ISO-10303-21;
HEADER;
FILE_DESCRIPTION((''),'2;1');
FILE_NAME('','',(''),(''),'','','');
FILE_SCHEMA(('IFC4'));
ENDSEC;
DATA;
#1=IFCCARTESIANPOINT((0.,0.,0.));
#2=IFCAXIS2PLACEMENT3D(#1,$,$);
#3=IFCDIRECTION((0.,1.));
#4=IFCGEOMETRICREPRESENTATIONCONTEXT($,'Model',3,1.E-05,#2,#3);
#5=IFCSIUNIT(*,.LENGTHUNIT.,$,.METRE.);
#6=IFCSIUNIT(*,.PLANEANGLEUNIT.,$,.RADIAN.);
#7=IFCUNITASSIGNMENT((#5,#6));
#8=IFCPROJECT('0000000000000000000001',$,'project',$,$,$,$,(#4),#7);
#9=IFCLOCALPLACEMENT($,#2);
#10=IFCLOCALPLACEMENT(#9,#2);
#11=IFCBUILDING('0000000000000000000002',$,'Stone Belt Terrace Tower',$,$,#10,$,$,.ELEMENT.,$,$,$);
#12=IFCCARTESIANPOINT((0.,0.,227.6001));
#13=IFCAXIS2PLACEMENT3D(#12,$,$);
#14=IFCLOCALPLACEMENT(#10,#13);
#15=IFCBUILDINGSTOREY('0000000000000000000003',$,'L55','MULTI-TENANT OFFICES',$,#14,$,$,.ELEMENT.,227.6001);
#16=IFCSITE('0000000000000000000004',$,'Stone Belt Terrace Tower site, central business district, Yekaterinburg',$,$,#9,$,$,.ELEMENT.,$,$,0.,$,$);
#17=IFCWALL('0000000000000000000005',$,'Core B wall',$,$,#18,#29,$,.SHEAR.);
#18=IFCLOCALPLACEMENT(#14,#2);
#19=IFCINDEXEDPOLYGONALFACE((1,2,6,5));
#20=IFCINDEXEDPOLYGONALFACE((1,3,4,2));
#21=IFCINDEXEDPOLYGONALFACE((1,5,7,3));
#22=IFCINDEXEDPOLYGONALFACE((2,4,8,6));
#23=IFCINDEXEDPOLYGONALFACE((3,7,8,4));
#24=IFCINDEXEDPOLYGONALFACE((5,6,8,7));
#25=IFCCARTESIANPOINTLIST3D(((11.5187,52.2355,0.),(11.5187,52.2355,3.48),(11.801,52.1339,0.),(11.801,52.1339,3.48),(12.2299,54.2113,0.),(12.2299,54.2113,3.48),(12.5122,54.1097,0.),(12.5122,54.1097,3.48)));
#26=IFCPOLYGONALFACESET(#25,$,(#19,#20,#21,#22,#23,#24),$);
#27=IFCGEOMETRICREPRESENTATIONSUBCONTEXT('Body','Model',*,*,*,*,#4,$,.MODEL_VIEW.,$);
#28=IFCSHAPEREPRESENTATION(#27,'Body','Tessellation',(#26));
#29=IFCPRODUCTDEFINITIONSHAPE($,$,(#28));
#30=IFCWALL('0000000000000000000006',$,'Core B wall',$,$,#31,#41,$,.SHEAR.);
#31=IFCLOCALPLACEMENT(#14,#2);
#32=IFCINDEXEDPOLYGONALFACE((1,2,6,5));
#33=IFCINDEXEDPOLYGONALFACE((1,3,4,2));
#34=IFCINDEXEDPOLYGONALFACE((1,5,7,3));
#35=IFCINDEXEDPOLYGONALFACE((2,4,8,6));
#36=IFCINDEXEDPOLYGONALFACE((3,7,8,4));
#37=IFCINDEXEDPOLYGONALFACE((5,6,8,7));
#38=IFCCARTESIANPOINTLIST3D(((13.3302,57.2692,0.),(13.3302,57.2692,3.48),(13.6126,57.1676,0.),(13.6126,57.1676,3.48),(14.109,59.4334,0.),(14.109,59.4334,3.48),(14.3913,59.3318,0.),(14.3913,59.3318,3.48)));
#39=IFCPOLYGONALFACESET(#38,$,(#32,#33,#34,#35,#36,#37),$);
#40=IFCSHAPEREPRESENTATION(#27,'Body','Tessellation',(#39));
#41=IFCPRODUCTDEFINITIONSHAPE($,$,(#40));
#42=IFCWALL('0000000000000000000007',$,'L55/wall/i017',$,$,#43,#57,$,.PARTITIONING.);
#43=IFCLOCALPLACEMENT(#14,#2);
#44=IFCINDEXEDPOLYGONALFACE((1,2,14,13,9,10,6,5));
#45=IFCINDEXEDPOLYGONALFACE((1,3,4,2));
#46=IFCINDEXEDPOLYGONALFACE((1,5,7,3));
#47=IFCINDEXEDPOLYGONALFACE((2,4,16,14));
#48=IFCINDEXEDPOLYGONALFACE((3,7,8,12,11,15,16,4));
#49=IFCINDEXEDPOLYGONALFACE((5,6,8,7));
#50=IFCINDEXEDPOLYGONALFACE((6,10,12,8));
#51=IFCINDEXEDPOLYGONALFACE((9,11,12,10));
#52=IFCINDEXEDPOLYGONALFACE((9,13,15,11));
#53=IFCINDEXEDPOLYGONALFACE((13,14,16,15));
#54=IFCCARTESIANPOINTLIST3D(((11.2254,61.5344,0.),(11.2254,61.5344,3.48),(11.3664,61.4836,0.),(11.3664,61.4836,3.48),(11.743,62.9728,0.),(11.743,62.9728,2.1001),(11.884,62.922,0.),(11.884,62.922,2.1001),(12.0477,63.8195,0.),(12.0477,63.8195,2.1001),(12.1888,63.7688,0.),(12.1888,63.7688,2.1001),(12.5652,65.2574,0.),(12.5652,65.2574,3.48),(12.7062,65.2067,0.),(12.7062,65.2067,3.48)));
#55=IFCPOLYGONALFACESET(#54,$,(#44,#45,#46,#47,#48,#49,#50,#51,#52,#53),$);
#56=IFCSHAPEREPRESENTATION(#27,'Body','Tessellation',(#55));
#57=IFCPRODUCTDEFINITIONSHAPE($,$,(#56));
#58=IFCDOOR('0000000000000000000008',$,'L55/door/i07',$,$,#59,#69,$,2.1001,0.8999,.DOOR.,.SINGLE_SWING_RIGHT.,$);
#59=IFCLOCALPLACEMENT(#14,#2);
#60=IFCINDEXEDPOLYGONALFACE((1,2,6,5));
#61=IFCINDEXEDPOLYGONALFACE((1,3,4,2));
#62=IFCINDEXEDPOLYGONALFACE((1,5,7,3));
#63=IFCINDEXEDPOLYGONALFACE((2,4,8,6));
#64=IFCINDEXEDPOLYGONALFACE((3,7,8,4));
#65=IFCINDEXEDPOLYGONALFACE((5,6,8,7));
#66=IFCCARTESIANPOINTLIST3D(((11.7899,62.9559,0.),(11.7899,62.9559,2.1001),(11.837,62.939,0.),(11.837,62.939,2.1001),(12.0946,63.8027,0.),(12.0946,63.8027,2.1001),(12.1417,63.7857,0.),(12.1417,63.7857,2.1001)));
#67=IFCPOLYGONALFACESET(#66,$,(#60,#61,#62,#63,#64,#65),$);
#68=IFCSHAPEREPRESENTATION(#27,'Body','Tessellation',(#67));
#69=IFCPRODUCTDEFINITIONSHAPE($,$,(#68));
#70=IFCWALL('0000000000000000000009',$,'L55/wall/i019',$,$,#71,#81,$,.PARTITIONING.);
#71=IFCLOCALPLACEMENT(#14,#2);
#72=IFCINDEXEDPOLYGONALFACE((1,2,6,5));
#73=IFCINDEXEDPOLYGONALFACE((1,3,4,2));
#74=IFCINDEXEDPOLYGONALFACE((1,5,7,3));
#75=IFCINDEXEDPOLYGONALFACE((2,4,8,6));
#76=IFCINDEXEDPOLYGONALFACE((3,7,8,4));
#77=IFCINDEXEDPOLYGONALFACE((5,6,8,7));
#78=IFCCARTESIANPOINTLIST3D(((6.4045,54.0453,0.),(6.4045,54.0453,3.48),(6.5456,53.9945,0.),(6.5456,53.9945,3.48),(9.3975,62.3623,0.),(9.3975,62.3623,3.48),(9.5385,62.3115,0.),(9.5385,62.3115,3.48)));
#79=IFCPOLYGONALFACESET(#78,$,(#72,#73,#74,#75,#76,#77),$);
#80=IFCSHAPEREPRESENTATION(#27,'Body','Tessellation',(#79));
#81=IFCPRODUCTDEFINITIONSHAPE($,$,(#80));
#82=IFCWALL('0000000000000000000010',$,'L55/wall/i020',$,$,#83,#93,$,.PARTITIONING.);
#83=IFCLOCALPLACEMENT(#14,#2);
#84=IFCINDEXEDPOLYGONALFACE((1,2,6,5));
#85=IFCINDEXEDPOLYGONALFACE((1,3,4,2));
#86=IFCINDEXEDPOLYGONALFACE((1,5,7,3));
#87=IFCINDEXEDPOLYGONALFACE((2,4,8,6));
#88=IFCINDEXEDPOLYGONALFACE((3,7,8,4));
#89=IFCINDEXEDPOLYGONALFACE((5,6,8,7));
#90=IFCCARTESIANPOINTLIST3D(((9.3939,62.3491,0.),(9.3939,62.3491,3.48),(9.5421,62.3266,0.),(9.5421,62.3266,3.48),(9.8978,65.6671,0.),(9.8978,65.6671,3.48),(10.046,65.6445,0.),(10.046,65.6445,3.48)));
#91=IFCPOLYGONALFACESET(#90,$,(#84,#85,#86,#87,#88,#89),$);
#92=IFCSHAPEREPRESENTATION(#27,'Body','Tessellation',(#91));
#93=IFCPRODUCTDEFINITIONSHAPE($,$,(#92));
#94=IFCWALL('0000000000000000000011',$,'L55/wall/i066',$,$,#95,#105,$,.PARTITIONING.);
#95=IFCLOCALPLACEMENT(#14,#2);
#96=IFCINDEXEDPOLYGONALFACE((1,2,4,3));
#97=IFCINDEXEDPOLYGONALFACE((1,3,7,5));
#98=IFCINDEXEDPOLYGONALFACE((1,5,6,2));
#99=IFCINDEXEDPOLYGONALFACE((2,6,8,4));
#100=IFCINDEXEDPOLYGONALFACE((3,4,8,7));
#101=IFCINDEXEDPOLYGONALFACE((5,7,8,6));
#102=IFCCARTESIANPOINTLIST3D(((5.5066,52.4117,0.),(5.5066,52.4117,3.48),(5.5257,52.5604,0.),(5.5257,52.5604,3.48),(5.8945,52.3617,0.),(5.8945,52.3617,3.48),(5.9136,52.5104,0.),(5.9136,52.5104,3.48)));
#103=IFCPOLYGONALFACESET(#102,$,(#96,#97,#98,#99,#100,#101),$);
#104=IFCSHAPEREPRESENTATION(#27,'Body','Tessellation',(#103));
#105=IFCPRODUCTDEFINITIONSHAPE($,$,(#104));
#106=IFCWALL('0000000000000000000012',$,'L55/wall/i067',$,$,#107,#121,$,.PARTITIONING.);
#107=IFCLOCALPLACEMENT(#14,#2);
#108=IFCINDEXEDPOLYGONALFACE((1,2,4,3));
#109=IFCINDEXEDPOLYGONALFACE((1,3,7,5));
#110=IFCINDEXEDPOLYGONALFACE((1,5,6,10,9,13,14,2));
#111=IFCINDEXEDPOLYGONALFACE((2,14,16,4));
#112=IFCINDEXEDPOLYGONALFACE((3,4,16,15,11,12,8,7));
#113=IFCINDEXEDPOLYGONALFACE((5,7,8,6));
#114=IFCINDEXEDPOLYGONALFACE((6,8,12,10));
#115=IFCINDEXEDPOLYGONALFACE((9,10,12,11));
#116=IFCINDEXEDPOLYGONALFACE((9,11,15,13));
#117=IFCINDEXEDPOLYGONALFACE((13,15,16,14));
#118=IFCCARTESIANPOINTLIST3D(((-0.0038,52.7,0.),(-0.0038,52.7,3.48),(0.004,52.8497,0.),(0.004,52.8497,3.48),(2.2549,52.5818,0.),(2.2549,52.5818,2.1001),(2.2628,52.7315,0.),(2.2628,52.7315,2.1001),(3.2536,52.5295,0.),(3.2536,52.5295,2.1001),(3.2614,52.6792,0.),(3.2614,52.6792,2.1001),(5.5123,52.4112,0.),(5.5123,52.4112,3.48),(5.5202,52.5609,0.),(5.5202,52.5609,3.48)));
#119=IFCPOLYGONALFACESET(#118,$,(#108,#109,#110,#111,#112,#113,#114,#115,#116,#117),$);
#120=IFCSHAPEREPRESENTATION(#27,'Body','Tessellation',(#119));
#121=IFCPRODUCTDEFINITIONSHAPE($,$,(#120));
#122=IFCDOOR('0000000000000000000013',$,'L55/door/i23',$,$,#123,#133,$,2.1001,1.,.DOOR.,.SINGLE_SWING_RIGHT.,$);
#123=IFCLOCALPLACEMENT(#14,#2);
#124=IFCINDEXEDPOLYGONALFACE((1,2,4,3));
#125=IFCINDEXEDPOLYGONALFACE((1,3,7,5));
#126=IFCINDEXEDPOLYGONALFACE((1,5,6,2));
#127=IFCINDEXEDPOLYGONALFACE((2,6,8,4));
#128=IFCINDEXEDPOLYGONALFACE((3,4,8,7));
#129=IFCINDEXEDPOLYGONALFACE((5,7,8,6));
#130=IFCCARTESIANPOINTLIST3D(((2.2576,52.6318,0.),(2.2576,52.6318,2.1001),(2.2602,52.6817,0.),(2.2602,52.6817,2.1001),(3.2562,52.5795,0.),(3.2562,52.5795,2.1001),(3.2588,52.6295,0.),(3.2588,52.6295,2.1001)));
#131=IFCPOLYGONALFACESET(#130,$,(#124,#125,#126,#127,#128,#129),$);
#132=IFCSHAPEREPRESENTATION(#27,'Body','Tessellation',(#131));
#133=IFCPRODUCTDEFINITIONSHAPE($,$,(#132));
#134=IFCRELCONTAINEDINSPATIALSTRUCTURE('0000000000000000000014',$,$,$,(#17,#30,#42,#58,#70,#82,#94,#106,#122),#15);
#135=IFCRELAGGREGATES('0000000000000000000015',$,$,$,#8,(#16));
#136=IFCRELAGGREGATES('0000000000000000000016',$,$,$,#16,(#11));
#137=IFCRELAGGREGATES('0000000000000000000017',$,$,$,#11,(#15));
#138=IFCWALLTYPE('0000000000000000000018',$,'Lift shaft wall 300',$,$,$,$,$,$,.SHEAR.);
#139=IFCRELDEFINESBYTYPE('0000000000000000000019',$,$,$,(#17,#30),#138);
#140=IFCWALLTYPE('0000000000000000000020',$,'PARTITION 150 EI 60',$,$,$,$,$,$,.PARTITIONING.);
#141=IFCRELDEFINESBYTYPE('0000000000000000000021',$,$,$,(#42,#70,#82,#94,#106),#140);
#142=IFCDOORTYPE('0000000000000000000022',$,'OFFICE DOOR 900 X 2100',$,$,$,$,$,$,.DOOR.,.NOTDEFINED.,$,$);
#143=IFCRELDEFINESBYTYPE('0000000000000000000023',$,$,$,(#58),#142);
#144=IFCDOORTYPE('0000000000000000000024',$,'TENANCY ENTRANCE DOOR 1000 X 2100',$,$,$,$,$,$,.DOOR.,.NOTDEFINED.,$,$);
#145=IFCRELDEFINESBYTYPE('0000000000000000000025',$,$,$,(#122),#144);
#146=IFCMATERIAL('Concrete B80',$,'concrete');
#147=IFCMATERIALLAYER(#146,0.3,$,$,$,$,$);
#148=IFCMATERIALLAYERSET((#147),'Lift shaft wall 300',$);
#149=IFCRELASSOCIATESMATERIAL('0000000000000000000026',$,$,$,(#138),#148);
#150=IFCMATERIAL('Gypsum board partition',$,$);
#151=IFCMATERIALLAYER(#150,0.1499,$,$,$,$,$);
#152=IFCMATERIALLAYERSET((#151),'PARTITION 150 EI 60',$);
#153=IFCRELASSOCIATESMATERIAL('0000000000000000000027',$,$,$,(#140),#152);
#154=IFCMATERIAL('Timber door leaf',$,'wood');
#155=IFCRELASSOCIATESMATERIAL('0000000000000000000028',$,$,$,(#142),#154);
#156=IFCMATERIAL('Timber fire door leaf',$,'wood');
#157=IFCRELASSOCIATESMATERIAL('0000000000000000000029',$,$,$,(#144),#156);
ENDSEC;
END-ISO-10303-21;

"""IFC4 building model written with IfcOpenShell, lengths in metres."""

from ifc_helpers import new_model, si_unit, direction, frame, frame_2d, origin, place, context, subcontext, project, spatial, rectangle, extrude, material, layer, layer_set, type_object, element, fill, save


model = new_model("IFC4")

# Units and contexts
model_context = context("Model", 3, precision=1e-05, world=origin(), true_north=direction((0.0, 1.0)))
body_context = subcontext(model_context, "Body", "Model", "MODEL_VIEW")
ifc_project = project(units=[si_unit("LENGTHUNIT", "METRE"), si_unit("PLANEANGLEUNIT", "RADIAN")], contexts=[model_context])

# Site, building, storey
site_placement = place(None, origin())
site = spatial("IfcSite", under=ifc_project, at=site_placement, Name="Stone Belt Terrace Tower site, central business district, Yekaterinburg", CompositionType="ELEMENT", RefElevation=0.0)
building_placement = place(site_placement, origin())
building = spatial("IfcBuilding", under=site, at=building_placement, Name="Stone Belt Terrace Tower", CompositionType="ELEMENT")
storey_placement = place(building_placement, frame((0.0, 0.0, 227.6001)))
storey = spatial("IfcBuildingStorey", under=building, at=storey_placement, Name="L55", Description="MULTI-TENANT OFFICES", CompositionType="ELEMENT", Elevation=227.6001)

# Shared definitions
ifc_material_1 = material(Name="Timber door leaf", Category="wood")

# Walls
ifc_material_2 = material(Name="Concrete B80", Category="concrete")
ifc_layer_1 = layer(ifc_material_2, 0.3)
ifc_layer_set_1 = layer_set([ifc_layer_1], Name="Lift shaft wall 300")
wall_type_1 = type_object("IfcWallType", Name="Lift shaft wall 300", PredefinedType="SHEAR", material=ifc_layer_set_1)
wall_1_placement = place(storey_placement, frame((11.6599, 52.1848, 0.0), z_axis=(0.0, 0.0, 1.0), x_axis=(0.33867, 0.940905, 0.0)))
element("IfcWall", 1, at=wall_1_placement, inside=storey, type_object=wall_type_1, Name="Core B wall", PredefinedType="SHEAR", context=body_context, shape_type="SweptSolid", body=[
    extrude(rectangle(XDim=2.0999, YDim=0.3, at=frame_2d((1.0498, 0.0))), origin(), (0.0, 0.0, 1.0), 3.48),
])
wall_2_placement = place(storey_placement, frame((13.4714, 57.2185, 0.0), z_axis=(0.0, 0.0, 1.0), x_axis=(0.338588, 0.940935, 0.0)))
element("IfcWall", 2, at=wall_2_placement, inside=storey, type_object=wall_type_1, Name="Core B wall", PredefinedType="SHEAR", context=body_context, shape_type="SweptSolid", body=[
    extrude(rectangle(XDim=2.3, YDim=0.3, at=frame_2d((1.1499, 0.0))), origin(), (0.0, 0.0, 1.0), 3.48),
])

# Wall, opening, door
ifc_material_3 = material(Name="Gypsum board partition")
ifc_layer_2 = layer(ifc_material_3, 0.1499)
ifc_layer_set_2 = layer_set([ifc_layer_2], Name="PARTITION 150 EI 60")
wall_type_2 = type_object("IfcWallType", Name="PARTITION 150 EI 60", PredefinedType="PARTITIONING", material=ifc_layer_set_2)
wall_3_placement = place(storey_placement, frame((12.6357, 65.2322, 0.0), z_axis=(0.0, 0.0, 1.0), x_axis=(-0.33861, -0.940927, 0.0)))
wall_3 = element("IfcWall", 3, at=wall_3_placement, inside=storey, type_object=wall_type_2, Name="L55/wall/i017", PredefinedType="PARTITIONING", context=body_context, shape_type="SweptSolid", body=[
    extrude(rectangle(XDim=3.9568, YDim=0.1499, at=frame_2d((1.9785, 0.0))), origin(), (0.0, 0.0, 1.0), 3.48),
])
opening_1_placement = place(wall_3_placement, frame((1.5283, 0.0, 0.0)))
opening_1 = element("IfcOpeningElement", 4, at=opening_1_placement, cuts=wall_3, PredefinedType="OPENING", context=body_context, shape_type="SweptSolid", body=[
    extrude(rectangle(XDim=0.8999, YDim=2.1001, at=frame_2d((0.45, 1.05))), frame((0.0, 0.085, 0.0), z_axis=(0.0, -1.0, 0.0), x_axis=(1.0, 0.0, 0.0)), (0.0, 0.0, 1.0), 0.1699),
])
door_type_1 = type_object("IfcDoorType", Name="OFFICE DOOR 900 X 2100", OperationType="NOTDEFINED", PredefinedType="DOOR", material=ifc_material_1)
door_1_placement = place(opening_1_placement, origin())
door_1 = element("IfcDoor", 5, at=door_1_placement, inside=storey, type_object=door_type_1, Name="L55/door/i07", OperationType="SINGLE_SWING_RIGHT", OverallHeight=2.1001, OverallWidth=0.8999, PredefinedType="DOOR", context=body_context, shape_type="SweptSolid", body=[
    extrude(rectangle(XDim=0.8999, YDim=2.1001, at=frame_2d((0.45, 1.05))), frame((0.0, 0.0249, 0.0), z_axis=(0.0, -1.0, 0.0), x_axis=(1.0, 0.0, 0.0)), (0.0, 0.0, 1.0), 0.05),
])
fill(opening_1, door_1)

# Walls
wall_4_placement = place(storey_placement, frame((6.4751, 54.02, 0.0), z_axis=(0.0, 0.0, 1.0), x_axis=(0.338603, 0.940929, 0.0)))
element("IfcWall", 6, at=wall_4_placement, inside=storey, type_object=wall_type_2, Name="L55/wall/i019", PredefinedType="PARTITIONING", context=body_context, shape_type="SweptSolid", body=[
    extrude(rectangle(XDim=8.8391, YDim=0.1499, at=frame_2d((4.4194, 0.0))), origin(), (0.0, 0.0, 1.0), 3.48),
])
wall_5_placement = place(storey_placement, frame((9.468, 62.3379, 0.0), z_axis=(0.0, 0.0, 1.0), x_axis=(0.150154, 0.988663, 0.0)))
element("IfcWall", 7, at=wall_5_placement, inside=storey, type_object=wall_type_2, Name="L55/wall/i020", PredefinedType="PARTITIONING", context=body_context, shape_type="SweptSolid", body=[
    extrude(rectangle(XDim=3.356, YDim=0.1499, at=frame_2d((1.678, 0.0))), origin(), (0.0, 0.0, 1.0), 3.48),
])
wall_6_placement = place(storey_placement, frame((5.9041, 52.436, 0.0), z_axis=(0.0, 0.0, 1.0), x_axis=(-0.99178, 0.127952, 0.0)))
element("IfcWall", 8, at=wall_6_placement, inside=storey, type_object=wall_type_2, Name="L55/wall/i066", PredefinedType="PARTITIONING", context=body_context, shape_type="SweptSolid", body=[
    extrude(rectangle(XDim=0.3911, YDim=0.1499, at=frame_2d((0.1956, 0.0))), origin(), (0.0, 0.0, 1.0), 3.48),
])

# Wall, opening, door
wall_7_placement = place(storey_placement, frame((5.5161, 52.4861, 0.0), z_axis=(0.0, 0.0, 1.0), x_axis=(-0.998632, 0.052287, 0.0)))
wall_7 = element("IfcWall", 9, at=wall_7_placement, inside=storey, type_object=wall_type_2, Name="L55/wall/i067", PredefinedType="PARTITIONING", context=body_context, shape_type="SweptSolid", body=[
    extrude(rectangle(XDim=5.5237, YDim=0.1499, at=frame_2d((2.7617, 0.0))), origin(), (0.0, 0.0, 1.0), 3.48),
])
opening_2_placement = place(wall_7_placement, frame((2.2617, 0.0, 0.0)))
opening_2 = element("IfcOpeningElement", 10, at=opening_2_placement, cuts=wall_7, PredefinedType="OPENING", context=body_context, shape_type="SweptSolid", body=[
    extrude(rectangle(XDim=1.0, YDim=2.1001, at=frame_2d((0.5, 1.05))), frame((0.0, 0.085, 0.0), z_axis=(0.0, -1.0, 0.0), x_axis=(1.0, 0.0, 0.0)), (0.0, 0.0, 1.0), 0.1699),
])
ifc_material_4 = material(Name="Timber fire door leaf", Category="wood")
door_type_2 = type_object("IfcDoorType", Name="TENANCY ENTRANCE DOOR 1000 X 2100", OperationType="NOTDEFINED", PredefinedType="DOOR", material=ifc_material_4)
door_2_placement = place(opening_2_placement, origin())
door_2 = element("IfcDoor", 11, at=door_2_placement, inside=storey, type_object=door_type_2, Name="L55/door/i23", OperationType="SINGLE_SWING_RIGHT", OverallHeight=2.1001, OverallWidth=1.0, PredefinedType="DOOR", context=body_context, shape_type="SweptSolid", body=[
    extrude(rectangle(XDim=1.0, YDim=2.1001, at=frame_2d((0.5, 1.05))), frame((0.0, 0.0249, 0.0), z_axis=(0.0, -1.0, 0.0), x_axis=(1.0, 0.0, 0.0)), (0.0, 0.0, 1.0), 0.05),
])
fill(opening_2, door_2)

save(model, "model.ifc")
